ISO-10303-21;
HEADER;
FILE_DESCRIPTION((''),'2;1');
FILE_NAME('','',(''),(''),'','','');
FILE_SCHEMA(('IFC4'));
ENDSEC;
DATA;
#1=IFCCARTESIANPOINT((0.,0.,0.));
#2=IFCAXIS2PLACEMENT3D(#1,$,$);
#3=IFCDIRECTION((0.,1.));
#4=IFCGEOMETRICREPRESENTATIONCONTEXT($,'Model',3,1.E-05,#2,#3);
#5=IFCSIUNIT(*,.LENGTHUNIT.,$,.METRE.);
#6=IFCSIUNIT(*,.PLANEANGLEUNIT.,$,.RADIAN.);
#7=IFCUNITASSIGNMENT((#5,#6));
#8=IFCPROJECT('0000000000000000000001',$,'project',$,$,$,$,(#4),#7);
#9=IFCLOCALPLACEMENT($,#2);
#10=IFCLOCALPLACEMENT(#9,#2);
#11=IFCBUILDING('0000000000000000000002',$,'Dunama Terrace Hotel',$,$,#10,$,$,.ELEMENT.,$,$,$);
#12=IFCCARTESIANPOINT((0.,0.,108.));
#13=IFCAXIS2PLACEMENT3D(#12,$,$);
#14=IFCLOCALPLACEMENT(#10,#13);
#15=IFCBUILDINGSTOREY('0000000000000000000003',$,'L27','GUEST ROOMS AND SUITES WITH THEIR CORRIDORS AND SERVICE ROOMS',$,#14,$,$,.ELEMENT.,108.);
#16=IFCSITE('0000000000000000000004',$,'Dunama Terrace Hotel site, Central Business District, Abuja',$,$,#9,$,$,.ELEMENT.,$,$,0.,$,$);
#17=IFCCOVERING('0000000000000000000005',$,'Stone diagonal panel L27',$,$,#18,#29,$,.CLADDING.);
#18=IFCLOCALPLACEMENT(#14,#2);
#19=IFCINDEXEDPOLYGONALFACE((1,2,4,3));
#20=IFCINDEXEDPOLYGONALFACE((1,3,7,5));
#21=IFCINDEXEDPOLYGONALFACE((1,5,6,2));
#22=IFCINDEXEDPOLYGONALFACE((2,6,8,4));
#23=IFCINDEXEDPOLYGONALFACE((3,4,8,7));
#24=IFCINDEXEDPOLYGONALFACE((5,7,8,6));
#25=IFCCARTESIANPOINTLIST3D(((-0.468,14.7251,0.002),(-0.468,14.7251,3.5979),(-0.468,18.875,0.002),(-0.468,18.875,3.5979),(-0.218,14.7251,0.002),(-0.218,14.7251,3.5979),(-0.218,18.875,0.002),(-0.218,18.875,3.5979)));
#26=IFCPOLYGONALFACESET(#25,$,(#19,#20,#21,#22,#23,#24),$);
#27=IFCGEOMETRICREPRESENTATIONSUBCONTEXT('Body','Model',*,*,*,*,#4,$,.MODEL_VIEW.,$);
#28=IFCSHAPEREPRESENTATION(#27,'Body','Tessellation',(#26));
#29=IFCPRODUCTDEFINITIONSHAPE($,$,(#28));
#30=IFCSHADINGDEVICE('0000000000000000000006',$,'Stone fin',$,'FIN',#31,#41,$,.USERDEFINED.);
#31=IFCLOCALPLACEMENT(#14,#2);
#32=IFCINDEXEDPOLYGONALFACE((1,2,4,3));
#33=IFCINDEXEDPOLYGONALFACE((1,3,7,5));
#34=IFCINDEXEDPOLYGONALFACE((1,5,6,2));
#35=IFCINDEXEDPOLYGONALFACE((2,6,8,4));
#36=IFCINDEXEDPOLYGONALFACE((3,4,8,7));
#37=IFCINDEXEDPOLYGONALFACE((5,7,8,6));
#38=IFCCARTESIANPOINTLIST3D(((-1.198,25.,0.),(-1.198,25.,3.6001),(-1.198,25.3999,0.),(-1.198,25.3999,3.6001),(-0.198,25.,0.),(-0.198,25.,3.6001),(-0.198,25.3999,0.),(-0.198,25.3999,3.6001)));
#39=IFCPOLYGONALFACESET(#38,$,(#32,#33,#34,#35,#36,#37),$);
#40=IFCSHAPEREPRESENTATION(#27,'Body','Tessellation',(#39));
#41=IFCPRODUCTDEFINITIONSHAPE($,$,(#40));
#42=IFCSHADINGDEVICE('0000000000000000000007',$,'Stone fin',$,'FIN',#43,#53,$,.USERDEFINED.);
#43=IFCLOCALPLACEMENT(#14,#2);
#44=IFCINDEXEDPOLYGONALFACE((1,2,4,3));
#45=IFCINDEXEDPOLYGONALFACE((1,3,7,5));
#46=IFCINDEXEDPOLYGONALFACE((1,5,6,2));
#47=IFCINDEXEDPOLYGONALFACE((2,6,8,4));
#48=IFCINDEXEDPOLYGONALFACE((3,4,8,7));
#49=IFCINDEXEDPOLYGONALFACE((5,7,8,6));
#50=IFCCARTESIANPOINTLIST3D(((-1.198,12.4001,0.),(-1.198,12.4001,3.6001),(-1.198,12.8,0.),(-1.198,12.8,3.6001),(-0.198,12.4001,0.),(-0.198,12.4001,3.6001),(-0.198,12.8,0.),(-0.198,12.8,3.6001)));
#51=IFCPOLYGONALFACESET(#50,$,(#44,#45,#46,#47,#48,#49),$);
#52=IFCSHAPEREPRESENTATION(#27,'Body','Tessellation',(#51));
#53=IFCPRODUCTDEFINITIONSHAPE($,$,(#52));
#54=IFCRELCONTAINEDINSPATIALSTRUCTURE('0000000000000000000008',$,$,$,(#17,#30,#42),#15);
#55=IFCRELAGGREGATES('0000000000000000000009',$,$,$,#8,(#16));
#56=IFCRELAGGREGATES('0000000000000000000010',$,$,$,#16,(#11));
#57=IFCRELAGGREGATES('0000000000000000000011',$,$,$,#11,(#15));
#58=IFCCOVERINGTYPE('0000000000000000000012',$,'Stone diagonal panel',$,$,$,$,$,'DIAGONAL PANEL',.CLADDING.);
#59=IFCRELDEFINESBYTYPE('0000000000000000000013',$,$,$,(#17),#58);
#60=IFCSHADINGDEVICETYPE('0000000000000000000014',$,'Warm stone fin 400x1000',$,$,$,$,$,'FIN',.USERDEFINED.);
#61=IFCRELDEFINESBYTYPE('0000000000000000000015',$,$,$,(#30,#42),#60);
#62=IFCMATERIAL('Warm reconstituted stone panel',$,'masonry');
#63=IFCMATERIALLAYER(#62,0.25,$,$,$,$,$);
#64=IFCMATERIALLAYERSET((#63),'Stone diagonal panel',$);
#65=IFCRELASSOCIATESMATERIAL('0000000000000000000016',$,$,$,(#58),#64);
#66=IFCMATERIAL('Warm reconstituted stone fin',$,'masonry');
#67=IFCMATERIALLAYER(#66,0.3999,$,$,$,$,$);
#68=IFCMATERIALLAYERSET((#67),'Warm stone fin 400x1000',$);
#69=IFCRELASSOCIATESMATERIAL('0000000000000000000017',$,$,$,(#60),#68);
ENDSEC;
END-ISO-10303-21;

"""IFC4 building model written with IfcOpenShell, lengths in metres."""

from ifc_helpers import new_model, si_unit, direction, frame, origin, origin_2d, place, context, subcontext, project, spatial, rectangle, extrude, material, layer, layer_set, type_object, element, save


model = new_model("IFC4")

# Units and contexts
model_context = context("Model", 3, precision=1e-05, world=origin(), true_north=direction((0.0, 1.0)))
body_context = subcontext(model_context, "Body", "Model", "MODEL_VIEW")
ifc_project = project(units=[si_unit("LENGTHUNIT", "METRE"), si_unit("PLANEANGLEUNIT", "RADIAN")], contexts=[model_context])

# Site, building, storey
site_placement = place(None, origin())
site = spatial("IfcSite", under=ifc_project, at=site_placement, Name="Dunama Terrace Hotel site, Central Business District, Abuja", CompositionType="ELEMENT", RefElevation=0.0)
building_placement = place(site_placement, origin())
building = spatial("IfcBuilding", under=site, at=building_placement, Name="Dunama Terrace Hotel", CompositionType="ELEMENT")
storey_placement = place(building_placement, frame((0.0, 0.0, 108.0)))
storey = spatial("IfcBuildingStorey", under=building, at=storey_placement, Name="L27", Description="GUEST ROOMS AND SUITES WITH THEIR CORRIDORS AND SERVICE ROOMS", CompositionType="ELEMENT", Elevation=108.0)

# Covering
ifc_material_1 = material(Name="Warm reconstituted stone panel", Category="masonry")
ifc_layer_1 = layer(ifc_material_1, 0.25)
ifc_layer_set_1 = layer_set([ifc_layer_1], Name="Stone diagonal panel")
covering_type = type_object("IfcCoveringType", Name="Stone diagonal panel", ElementType="DIAGONAL PANEL", PredefinedType="CLADDING", material=ifc_layer_set_1)
covering_placement = place(storey_placement, frame((-0.343, 16.8, 0.002), z_axis=(0.0, 0.0, 1.0), x_axis=(0.0, -1.0, 0.0)))
element("IfcCovering", 1, at=covering_placement, inside=storey, type_object=covering_type, Name="Stone diagonal panel L27", PredefinedType="CLADDING", context=body_context, shape_type="SweptSolid", body=[
    extrude(rectangle(XDim=4.1499, YDim=0.25, at=origin_2d()), origin(), (0.0, 0.0, 1.0), 3.5959),
])

# Shading devices
ifc_material_2 = material(Name="Warm reconstituted stone fin", Category="masonry")
ifc_layer_2 = layer(ifc_material_2, 0.3999)
ifc_layer_set_2 = layer_set([ifc_layer_2], Name="Warm stone fin 400x1000")
shading_device_type = type_object("IfcShadingDeviceType", Name="Warm stone fin 400x1000", ElementType="FIN", PredefinedType="USERDEFINED", material=ifc_layer_set_2)
for number, where, z_axis, x_axis, name in (
    (2, (-0.698, 25.2, 0.0), (0.0, 0.0, 1.0), (0.0, -1.0, 0.0), "Stone fin"),
    (3, (-0.698, 12.6001, 0.0), (0.0, 0.0, 1.0), (0.0, -1.0, 0.0), "Stone fin"),
):
    element("IfcShadingDevice", number, at=place(storey_placement, frame(where, z_axis=z_axis, x_axis=x_axis)), inside=storey, type_object=shading_device_type, Name=name, ObjectType="FIN", PredefinedType="USERDEFINED", context=body_context, shape_type="SweptSolid", body=[
        extrude(rectangle(XDim=0.3999, YDim=1.0, at=origin_2d()), origin(), (0.0, 0.0, 1.0), 3.6001),
    ])

save(model, "model.ifc")
